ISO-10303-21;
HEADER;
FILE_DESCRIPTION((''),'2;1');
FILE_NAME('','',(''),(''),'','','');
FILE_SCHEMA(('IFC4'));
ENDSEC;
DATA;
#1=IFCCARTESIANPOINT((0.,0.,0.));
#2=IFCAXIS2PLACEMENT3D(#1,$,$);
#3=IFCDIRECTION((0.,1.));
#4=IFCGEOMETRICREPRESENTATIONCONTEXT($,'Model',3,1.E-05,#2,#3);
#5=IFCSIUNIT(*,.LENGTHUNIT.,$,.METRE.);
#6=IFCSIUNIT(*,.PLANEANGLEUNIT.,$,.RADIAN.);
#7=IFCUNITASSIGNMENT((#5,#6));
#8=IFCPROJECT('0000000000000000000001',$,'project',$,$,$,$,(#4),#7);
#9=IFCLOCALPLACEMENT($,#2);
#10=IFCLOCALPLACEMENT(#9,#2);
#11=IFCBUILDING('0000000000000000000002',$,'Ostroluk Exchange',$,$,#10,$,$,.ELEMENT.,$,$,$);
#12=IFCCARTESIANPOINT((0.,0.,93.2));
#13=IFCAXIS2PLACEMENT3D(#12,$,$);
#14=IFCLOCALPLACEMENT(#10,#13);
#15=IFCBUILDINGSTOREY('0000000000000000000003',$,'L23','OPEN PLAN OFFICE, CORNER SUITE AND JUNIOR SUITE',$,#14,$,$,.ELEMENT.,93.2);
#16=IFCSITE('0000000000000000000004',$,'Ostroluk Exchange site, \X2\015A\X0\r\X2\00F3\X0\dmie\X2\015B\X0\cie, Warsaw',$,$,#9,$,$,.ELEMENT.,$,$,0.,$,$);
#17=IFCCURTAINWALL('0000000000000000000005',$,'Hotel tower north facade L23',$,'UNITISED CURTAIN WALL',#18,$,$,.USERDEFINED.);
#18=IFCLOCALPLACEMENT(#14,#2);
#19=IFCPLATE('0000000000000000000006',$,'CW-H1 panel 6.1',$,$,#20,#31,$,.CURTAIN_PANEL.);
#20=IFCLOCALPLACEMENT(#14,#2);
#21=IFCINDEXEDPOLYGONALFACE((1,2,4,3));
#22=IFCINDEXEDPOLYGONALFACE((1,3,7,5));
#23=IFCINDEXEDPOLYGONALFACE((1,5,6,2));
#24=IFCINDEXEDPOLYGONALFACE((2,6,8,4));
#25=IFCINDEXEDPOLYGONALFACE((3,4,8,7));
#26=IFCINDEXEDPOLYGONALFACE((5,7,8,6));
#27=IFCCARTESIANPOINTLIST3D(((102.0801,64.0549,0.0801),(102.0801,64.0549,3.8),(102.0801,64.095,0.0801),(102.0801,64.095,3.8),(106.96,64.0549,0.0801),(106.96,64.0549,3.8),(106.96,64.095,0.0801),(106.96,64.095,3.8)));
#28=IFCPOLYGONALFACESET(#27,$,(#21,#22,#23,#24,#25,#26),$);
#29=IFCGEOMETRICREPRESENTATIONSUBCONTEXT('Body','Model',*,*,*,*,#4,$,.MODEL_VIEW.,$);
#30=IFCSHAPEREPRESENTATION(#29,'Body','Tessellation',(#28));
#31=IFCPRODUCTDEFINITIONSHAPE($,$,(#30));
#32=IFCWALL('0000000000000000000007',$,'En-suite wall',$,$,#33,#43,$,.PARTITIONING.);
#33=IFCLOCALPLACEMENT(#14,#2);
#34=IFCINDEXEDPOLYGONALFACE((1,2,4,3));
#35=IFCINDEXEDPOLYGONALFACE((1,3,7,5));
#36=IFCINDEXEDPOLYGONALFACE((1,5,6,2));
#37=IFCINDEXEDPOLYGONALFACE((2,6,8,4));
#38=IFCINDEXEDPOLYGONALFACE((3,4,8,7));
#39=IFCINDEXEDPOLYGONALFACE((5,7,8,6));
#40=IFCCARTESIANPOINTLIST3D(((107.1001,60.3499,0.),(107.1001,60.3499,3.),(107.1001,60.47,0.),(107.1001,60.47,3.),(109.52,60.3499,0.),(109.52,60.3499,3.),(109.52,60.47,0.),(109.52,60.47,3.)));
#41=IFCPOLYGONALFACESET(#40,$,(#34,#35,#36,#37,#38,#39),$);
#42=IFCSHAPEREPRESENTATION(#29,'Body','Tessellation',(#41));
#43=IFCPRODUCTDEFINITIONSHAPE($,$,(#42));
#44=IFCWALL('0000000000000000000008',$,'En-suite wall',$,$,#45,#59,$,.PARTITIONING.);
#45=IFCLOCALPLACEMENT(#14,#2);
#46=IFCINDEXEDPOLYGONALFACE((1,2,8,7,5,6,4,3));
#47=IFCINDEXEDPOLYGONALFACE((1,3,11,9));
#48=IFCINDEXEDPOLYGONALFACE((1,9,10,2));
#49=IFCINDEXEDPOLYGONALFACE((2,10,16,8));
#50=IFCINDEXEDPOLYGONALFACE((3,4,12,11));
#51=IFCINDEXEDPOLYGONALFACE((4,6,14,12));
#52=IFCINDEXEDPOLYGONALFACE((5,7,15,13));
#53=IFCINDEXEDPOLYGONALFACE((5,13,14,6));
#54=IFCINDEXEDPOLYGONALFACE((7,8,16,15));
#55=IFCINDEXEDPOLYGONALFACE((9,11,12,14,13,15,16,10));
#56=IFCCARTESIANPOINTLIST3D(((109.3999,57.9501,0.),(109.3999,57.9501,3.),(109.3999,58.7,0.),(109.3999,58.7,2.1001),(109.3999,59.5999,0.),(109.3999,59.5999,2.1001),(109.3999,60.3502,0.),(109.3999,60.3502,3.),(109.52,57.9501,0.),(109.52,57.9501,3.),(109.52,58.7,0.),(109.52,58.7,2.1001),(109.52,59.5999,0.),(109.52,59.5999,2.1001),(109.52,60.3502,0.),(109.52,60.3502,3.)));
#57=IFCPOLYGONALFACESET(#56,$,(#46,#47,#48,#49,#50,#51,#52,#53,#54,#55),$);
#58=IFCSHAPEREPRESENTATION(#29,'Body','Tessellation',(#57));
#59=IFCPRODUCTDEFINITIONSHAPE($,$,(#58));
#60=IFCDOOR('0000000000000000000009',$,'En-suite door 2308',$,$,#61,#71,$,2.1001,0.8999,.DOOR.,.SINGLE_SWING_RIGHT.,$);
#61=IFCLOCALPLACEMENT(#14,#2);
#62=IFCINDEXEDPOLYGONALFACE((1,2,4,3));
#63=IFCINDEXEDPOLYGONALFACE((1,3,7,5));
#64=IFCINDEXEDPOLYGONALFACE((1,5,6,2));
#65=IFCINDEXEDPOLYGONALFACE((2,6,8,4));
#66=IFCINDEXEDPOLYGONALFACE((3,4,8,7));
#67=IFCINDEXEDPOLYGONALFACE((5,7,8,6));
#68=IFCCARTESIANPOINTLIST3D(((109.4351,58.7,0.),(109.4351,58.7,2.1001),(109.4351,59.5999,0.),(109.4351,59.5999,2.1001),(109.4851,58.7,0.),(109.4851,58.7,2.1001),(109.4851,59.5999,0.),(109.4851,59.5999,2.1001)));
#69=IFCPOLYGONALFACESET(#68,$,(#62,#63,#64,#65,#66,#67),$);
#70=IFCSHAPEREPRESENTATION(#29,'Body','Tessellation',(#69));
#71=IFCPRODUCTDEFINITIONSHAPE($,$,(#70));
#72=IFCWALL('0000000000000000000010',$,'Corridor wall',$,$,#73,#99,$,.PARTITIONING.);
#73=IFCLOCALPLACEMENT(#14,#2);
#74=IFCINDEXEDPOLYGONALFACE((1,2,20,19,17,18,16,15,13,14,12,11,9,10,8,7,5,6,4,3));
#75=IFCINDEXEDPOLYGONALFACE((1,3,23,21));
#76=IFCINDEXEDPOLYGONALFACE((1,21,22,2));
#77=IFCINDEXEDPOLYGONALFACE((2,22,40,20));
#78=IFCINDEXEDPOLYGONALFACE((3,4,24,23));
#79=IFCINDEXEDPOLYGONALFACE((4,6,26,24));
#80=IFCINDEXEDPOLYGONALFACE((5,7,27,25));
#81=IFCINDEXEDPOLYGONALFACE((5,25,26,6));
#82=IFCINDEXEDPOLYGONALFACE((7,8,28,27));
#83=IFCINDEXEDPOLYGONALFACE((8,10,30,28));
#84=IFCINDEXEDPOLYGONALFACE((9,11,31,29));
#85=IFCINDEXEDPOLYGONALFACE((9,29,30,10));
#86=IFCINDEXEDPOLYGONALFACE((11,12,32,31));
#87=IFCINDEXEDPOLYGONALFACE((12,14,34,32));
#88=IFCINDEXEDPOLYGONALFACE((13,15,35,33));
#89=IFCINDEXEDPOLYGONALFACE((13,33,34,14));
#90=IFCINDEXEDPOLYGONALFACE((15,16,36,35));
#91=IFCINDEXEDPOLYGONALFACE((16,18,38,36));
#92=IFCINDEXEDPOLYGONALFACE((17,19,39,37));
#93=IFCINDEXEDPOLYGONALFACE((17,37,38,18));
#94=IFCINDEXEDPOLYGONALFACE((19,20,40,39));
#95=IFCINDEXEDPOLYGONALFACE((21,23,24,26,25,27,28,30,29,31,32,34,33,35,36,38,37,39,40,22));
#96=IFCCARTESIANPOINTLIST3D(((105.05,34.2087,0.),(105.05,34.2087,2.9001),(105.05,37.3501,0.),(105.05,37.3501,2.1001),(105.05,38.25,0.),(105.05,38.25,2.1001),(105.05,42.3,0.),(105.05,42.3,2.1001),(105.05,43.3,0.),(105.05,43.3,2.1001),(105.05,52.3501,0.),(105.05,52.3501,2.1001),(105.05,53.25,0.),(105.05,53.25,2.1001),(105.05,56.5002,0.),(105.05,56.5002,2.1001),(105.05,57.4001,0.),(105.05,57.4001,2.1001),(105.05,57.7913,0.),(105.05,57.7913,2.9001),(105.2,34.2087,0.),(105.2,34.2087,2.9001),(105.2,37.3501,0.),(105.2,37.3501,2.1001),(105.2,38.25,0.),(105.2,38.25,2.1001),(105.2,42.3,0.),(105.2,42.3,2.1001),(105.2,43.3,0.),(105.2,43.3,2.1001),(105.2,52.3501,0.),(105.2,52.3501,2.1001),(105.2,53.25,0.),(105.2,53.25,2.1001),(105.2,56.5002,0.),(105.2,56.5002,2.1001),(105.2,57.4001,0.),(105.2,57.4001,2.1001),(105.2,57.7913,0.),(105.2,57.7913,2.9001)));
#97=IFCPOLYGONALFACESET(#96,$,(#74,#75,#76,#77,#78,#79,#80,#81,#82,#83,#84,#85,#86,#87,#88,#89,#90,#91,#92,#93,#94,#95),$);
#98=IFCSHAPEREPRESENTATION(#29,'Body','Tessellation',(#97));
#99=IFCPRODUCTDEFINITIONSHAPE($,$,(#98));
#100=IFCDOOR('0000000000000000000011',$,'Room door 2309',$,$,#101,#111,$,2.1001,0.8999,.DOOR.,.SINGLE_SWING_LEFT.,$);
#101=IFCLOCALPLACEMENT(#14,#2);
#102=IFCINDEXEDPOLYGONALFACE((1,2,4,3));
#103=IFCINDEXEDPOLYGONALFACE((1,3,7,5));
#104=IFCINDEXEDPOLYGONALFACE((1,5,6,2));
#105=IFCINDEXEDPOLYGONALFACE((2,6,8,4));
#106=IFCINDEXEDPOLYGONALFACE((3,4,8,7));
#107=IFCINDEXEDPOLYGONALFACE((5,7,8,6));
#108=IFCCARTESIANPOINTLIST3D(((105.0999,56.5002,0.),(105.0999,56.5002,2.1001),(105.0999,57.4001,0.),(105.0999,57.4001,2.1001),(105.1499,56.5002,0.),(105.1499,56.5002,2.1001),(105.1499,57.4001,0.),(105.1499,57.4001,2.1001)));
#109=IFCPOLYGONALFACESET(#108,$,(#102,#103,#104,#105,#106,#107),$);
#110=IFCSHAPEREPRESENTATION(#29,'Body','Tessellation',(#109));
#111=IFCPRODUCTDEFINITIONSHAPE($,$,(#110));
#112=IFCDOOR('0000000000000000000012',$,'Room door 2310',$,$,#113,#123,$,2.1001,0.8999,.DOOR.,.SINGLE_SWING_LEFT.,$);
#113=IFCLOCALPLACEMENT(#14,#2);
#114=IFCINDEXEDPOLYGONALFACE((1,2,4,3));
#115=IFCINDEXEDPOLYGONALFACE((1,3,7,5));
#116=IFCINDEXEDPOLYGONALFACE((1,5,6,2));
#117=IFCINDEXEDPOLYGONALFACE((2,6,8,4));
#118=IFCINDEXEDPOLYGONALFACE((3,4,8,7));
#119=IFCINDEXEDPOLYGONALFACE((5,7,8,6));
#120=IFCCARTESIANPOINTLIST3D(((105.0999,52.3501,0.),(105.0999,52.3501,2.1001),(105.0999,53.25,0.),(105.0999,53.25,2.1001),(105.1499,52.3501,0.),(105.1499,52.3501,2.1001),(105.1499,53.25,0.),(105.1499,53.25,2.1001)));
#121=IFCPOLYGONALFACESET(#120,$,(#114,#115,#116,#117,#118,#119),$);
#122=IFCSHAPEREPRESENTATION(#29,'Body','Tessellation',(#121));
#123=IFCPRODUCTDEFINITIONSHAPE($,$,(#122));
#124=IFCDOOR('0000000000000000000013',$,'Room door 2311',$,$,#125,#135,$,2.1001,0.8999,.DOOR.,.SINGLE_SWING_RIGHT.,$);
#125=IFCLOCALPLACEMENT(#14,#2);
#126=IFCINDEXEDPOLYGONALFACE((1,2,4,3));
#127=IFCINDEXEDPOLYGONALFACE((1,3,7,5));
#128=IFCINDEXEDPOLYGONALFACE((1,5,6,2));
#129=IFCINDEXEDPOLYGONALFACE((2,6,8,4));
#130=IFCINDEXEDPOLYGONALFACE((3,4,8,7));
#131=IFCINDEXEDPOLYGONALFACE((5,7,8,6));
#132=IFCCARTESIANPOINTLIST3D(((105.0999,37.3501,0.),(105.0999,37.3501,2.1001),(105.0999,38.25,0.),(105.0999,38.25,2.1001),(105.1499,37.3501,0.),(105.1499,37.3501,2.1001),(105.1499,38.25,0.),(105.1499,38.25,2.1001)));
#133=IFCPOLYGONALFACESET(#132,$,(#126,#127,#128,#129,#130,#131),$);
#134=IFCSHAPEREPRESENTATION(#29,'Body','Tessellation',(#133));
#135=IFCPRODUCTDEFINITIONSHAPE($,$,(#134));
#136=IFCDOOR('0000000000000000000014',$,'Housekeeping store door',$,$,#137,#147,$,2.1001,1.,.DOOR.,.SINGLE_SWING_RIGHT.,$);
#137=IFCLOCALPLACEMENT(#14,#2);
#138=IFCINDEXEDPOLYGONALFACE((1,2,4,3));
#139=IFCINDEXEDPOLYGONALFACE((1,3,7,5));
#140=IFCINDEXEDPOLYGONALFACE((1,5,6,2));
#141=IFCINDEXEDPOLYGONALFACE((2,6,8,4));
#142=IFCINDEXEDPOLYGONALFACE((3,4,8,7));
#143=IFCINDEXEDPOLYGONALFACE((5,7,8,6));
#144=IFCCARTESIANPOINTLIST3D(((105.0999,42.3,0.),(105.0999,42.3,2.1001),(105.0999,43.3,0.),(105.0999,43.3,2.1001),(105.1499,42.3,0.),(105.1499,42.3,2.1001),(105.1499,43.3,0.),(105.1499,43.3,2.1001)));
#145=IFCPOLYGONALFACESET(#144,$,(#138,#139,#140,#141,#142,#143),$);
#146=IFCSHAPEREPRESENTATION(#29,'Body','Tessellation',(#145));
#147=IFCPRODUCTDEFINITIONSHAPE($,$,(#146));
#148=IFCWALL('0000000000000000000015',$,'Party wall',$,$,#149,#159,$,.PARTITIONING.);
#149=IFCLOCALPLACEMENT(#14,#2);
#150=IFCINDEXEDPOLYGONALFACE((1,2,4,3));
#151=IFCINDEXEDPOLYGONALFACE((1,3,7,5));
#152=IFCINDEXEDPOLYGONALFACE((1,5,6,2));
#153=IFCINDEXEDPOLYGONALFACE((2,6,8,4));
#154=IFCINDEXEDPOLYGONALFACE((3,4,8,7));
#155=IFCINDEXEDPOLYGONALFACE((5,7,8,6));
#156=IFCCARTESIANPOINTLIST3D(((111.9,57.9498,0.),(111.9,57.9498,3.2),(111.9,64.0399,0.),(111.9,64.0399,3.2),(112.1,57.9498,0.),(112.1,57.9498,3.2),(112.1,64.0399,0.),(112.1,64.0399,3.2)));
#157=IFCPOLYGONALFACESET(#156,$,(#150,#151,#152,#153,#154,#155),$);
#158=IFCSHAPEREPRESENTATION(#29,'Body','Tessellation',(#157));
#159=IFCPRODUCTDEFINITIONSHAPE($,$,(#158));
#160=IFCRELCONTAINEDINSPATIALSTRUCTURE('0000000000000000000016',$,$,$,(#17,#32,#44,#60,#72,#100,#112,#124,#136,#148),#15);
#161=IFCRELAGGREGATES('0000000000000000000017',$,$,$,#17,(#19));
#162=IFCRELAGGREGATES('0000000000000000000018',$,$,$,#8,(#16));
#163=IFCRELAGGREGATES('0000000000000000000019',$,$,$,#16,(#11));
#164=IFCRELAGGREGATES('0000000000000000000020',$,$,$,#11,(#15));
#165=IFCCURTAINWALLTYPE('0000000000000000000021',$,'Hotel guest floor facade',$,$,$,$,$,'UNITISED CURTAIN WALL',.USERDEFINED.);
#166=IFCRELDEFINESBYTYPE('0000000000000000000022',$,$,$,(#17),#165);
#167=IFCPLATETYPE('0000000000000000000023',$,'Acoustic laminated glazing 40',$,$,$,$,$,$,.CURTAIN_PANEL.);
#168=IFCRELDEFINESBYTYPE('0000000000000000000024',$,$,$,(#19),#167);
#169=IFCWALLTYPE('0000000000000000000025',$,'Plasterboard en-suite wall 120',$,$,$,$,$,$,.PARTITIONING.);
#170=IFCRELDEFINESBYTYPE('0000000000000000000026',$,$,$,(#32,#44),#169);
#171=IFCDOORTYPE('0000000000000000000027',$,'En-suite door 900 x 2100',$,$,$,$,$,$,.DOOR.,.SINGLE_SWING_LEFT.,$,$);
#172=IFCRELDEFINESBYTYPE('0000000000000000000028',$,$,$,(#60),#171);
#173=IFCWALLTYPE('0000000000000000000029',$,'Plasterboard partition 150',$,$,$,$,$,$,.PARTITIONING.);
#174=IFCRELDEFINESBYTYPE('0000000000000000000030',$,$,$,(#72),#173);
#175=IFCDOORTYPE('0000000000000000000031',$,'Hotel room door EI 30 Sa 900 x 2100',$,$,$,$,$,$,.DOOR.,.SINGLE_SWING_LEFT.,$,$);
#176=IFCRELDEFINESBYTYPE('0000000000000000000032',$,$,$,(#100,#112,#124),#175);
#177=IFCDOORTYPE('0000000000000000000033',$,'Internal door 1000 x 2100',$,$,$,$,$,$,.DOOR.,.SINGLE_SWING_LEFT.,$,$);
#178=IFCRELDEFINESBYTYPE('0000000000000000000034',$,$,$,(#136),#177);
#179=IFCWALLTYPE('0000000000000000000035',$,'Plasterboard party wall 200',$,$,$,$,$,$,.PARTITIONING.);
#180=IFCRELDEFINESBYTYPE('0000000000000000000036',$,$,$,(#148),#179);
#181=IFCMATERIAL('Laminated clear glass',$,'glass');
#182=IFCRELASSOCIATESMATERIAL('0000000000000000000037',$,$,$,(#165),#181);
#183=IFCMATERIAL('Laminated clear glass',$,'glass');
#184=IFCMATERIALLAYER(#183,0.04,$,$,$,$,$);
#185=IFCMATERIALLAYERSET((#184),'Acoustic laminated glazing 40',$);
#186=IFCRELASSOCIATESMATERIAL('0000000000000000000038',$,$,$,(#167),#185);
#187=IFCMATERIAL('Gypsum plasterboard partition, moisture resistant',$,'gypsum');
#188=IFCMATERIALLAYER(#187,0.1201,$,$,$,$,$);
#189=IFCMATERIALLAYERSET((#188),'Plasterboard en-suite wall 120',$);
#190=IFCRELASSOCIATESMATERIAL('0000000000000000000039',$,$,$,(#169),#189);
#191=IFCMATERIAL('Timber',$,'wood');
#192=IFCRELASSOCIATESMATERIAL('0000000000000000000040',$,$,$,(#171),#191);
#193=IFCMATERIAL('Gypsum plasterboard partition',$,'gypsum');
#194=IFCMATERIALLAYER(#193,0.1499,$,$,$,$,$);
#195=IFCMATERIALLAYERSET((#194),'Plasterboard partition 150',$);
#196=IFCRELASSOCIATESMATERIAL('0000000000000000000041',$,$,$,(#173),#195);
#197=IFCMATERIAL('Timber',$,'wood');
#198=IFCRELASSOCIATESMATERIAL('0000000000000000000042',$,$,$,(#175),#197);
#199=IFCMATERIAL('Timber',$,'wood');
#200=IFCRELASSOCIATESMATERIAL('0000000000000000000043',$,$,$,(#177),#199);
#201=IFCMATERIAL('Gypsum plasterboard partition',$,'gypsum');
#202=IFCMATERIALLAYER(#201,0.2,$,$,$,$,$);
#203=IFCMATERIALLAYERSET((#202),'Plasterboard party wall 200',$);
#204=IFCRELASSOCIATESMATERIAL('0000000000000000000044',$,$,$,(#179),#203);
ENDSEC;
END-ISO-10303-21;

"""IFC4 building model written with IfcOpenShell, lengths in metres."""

from ifc_helpers import new_model, si_unit, direction, frame, frame_2d, origin, origin_2d, place, context, subcontext, project, spatial, rectangle, extrude, material, layer, layer_set, type_object, element, fill, aggregate, save


model = new_model("IFC4")

# Units and contexts
model_context = context("Model", 3, precision=1e-05, world=origin(), true_north=direction((0.0, 1.0)))
body_context = subcontext(model_context, "Body", "Model", "MODEL_VIEW")
ifc_project = project(units=[si_unit("LENGTHUNIT", "METRE"), si_unit("PLANEANGLEUNIT", "RADIAN")], contexts=[model_context])

# Site, building, storey
site_placement = place(None, origin())
site = spatial("IfcSite", under=ifc_project, at=site_placement, Name="Ostroluk Exchange site, Śródmieście, Warsaw", CompositionType="ELEMENT", RefElevation=0.0)
building_placement = place(site_placement, origin())
building = spatial("IfcBuilding", under=site, at=building_placement, Name="Ostroluk Exchange", CompositionType="ELEMENT")
storey_placement = place(building_placement, frame((0.0, 0.0, 93.2)))
storey = spatial("IfcBuildingStorey", under=building, at=storey_placement, Name="L23", Description="OPEN PLAN OFFICE, CORNER SUITE AND JUNIOR SUITE", CompositionType="ELEMENT", Elevation=93.2)

# Curtain wall, plate
ifc_material_1 = material(Name="Laminated clear glass", Category="glass")
curtain_wall_type = type_object("IfcCurtainWallType", Name="Hotel guest floor facade", ElementType="UNITISED CURTAIN WALL", PredefinedType="USERDEFINED", material=ifc_material_1)
curtain_wall_placement = place(storey_placement, origin())
curtain_wall = element("IfcCurtainWall", 1, at=curtain_wall_placement, inside=storey, type_object=curtain_wall_type, Name="Hotel tower north facade L23", ObjectType="UNITISED CURTAIN WALL", PredefinedType="USERDEFINED")
ifc_material_2 = material(Name="Laminated clear glass", Category="glass")
ifc_layer_1 = layer(ifc_material_2, 0.04)
ifc_layer_set_1 = layer_set([ifc_layer_1], Name="Acoustic laminated glazing 40")
plate_type = type_object("IfcPlateType", Name="Acoustic laminated glazing 40", PredefinedType="CURTAIN_PANEL", material=ifc_layer_set_1)
plate_1_placement = place(storey_placement, frame((104.52, 64.075, 0.0801), z_axis=(0.0, 0.0, 1.0), x_axis=(-1.0, 0.0, 0.0)))
plate_1 = element("IfcPlate", 2, at=plate_1_placement, type_object=plate_type, Name="CW-H1 panel 6.1", PredefinedType="CURTAIN_PANEL", context=body_context, shape_type="SweptSolid", body=[
    extrude(rectangle(XDim=4.8799, YDim=0.04, at=origin_2d()), origin(), (0.0, 0.0, 1.0), 3.72),
])
aggregate(curtain_wall, [plate_1])

# Wall
ifc_material_3 = material(Name="Gypsum plasterboard partition, moisture resistant", Category="gypsum")
ifc_layer_2 = layer(ifc_material_3, 0.1201)
ifc_layer_set_2 = layer_set([ifc_layer_2], Name="Plasterboard en-suite wall 120")
wall_type_1 = type_object("IfcWallType", Name="Plasterboard en-suite wall 120", PredefinedType="PARTITIONING", material=ifc_layer_set_2)
wall_1_placement = place(storey_placement, frame((109.52, 60.4099, 0.0), z_axis=(0.0, 0.0, 1.0), x_axis=(-1.0, 0.0, 0.0)))
element("IfcWall", 3, at=wall_1_placement, inside=storey, type_object=wall_type_1, Name="En-suite wall", PredefinedType="PARTITIONING", context=body_context, shape_type="SweptSolid", body=[
    extrude(rectangle(XDim=2.4199, YDim=0.1201, at=frame_2d((1.21, 0.0))), origin(), (0.0, 0.0, 1.0), 3.0),
])

# Wall, opening, door
wall_2_placement = place(storey_placement, frame((109.46, 57.95, 0.0), z_axis=(0.0, 0.0, 1.0), x_axis=(0.0, 1.0, 0.0)))
wall_2 = element("IfcWall", 4, at=wall_2_placement, inside=storey, type_object=wall_type_1, Name="En-suite wall", PredefinedType="PARTITIONING", context=body_context, shape_type="SweptSolid", body=[
    extrude(rectangle(XDim=2.4001, YDim=0.1201, at=frame_2d((1.2002, 0.0))), origin(), (0.0, 0.0, 1.0), 3.0),
])
opening_1_placement = place(wall_2_placement, frame((0.75, 0.0, 0.0)))
opening_1 = element("IfcOpeningElement", 5, at=opening_1_placement, cuts=wall_2, PredefinedType="OPENING", context=body_context, shape_type="SweptSolid", body=[
    extrude(rectangle(XDim=0.8999, YDim=2.1001, at=frame_2d((0.45, 1.05))), frame((0.0, 0.0701, 0.0), z_axis=(0.0, -1.0, 0.0), x_axis=(1.0, 0.0, 0.0)), (0.0, 0.0, 1.0), 0.1401),
])
ifc_material_4 = material(Name="Timber", Category="wood")
door_type_1 = type_object("IfcDoorType", Name="En-suite door 900 x 2100", OperationType="SINGLE_SWING_LEFT", PredefinedType="DOOR", material=ifc_material_4)
door_1_placement = place(opening_1_placement, origin())
door_1 = element("IfcDoor", 6, at=door_1_placement, inside=storey, type_object=door_type_1, Name="En-suite door 2308", OperationType="SINGLE_SWING_RIGHT", OverallHeight=2.1001, OverallWidth=0.8999, PredefinedType="DOOR", context=body_context, shape_type="SweptSolid", body=[
    extrude(rectangle(XDim=0.8999, YDim=2.1001, at=frame_2d((0.45, 1.05))), frame((0.0, 0.0249, 0.0), z_axis=(0.0, -1.0, 0.0), x_axis=(1.0, 0.0, 0.0)), (0.0, 0.0, 1.0), 0.05),
])
fill(opening_1, door_1)

# Wall, openings, doors
ifc_material_5 = material(Name="Gypsum plasterboard partition", Category="gypsum")
ifc_layer_3 = layer(ifc_material_5, 0.1499)
ifc_layer_set_3 = layer_set([ifc_layer_3], Name="Plasterboard partition 150")
wall_type_2 = type_object("IfcWallType", Name="Plasterboard partition 150", PredefinedType="PARTITIONING", material=ifc_layer_set_3)
wall_3_placement = place(storey_placement, frame((105.125, 57.7913, 0.0), z_axis=(0.0, 0.0, 1.0), x_axis=(0.0, -1.0, 0.0)))
wall_3 = element("IfcWall", 7, at=wall_3_placement, inside=storey, type_object=wall_type_2, Name="Corridor wall", PredefinedType="PARTITIONING", context=body_context, shape_type="SweptSolid", body=[
    extrude(rectangle(XDim=23.5825, YDim=0.1499, at=frame_2d((11.7913, 0.0))), origin(), (0.0, 0.0, 1.0), 2.9001),
])
opening_2_placement = place(wall_3_placement, frame((0.3911, 0.0, 0.0)))
opening_2 = element("IfcOpeningElement", 8, at=opening_2_placement, cuts=wall_3, PredefinedType="OPENING", context=body_context, shape_type="SweptSolid", body=[
    extrude(rectangle(XDim=0.8999, YDim=2.1001, at=frame_2d((0.45, 1.05))), frame((0.0, 0.085, 0.0), z_axis=(0.0, -1.0, 0.0), x_axis=(1.0, 0.0, 0.0)), (0.0, 0.0, 1.0), 0.1699),
])
opening_3_placement = place(wall_3_placement, frame((4.5413, 0.0, 0.0)))
opening_3 = element("IfcOpeningElement", 9, at=opening_3_placement, cuts=wall_3, PredefinedType="OPENING", context=body_context, shape_type="SweptSolid", body=[
    extrude(rectangle(XDim=0.8999, YDim=2.1001, at=frame_2d((0.45, 1.05))), frame((0.0, 0.085, 0.0), z_axis=(0.0, -1.0, 0.0), x_axis=(1.0, 0.0, 0.0)), (0.0, 0.0, 1.0), 0.1699),
])
opening_4_placement = place(wall_3_placement, frame((14.4912, 0.0, 0.0)))
opening_4 = element("IfcOpeningElement", 10, at=opening_4_placement, cuts=wall_3, PredefinedType="OPENING", context=body_context, shape_type="SweptSolid", body=[
    extrude(rectangle(XDim=1.0, YDim=2.1001, at=frame_2d((0.5, 1.05))), frame((0.0, 0.085, 0.0), z_axis=(0.0, -1.0, 0.0), x_axis=(1.0, 0.0, 0.0)), (0.0, 0.0, 1.0), 0.1699),
])
opening_5_placement = place(wall_3_placement, frame((19.5413, 0.0, 0.0)))
opening_5 = element("IfcOpeningElement", 11, at=opening_5_placement, cuts=wall_3, PredefinedType="OPENING", context=body_context, shape_type="SweptSolid", body=[
    extrude(rectangle(XDim=0.8999, YDim=2.1001, at=frame_2d((0.45, 1.05))), frame((0.0, 0.085, 0.0), z_axis=(0.0, -1.0, 0.0), x_axis=(1.0, 0.0, 0.0)), (0.0, 0.0, 1.0), 0.1699),
])
ifc_material_6 = material(Name="Timber", Category="wood")
door_type_2 = type_object("IfcDoorType", Name="Hotel room door EI 30 Sa 900 x 2100", OperationType="SINGLE_SWING_LEFT", PredefinedType="DOOR", material=ifc_material_6)
door_2_placement = place(opening_2_placement, origin())
door_2 = element("IfcDoor", 12, at=door_2_placement, inside=storey, type_object=door_type_2, Name="Room door 2309", OperationType="SINGLE_SWING_LEFT", OverallHeight=2.1001, OverallWidth=0.8999, PredefinedType="DOOR", context=body_context, shape_type="SweptSolid", body=[
    extrude(rectangle(XDim=0.8999, YDim=2.1001, at=frame_2d((0.45, 1.05))), frame((0.0, 0.0249, 0.0), z_axis=(0.0, -1.0, 0.0), x_axis=(1.0, 0.0, 0.0)), (0.0, 0.0, 1.0), 0.05),
])
fill(opening_2, door_2)
door_3_placement = place(opening_3_placement, origin())
door_3 = element("IfcDoor", 13, at=door_3_placement, inside=storey, type_object=door_type_2, Name="Room door 2310", OperationType="SINGLE_SWING_LEFT", OverallHeight=2.1001, OverallWidth=0.8999, PredefinedType="DOOR", context=body_context, shape_type="SweptSolid", body=[
    extrude(rectangle(XDim=0.8999, YDim=2.1001, at=frame_2d((0.45, 1.05))), frame((0.0, 0.0249, 0.0), z_axis=(0.0, -1.0, 0.0), x_axis=(1.0, 0.0, 0.0)), (0.0, 0.0, 1.0), 0.05),
])
fill(opening_3, door_3)
door_4_placement = place(opening_5_placement, origin())
door_4 = element("IfcDoor", 14, at=door_4_placement, inside=storey, type_object=door_type_2, Name="Room door 2311", OperationType="SINGLE_SWING_RIGHT", OverallHeight=2.1001, OverallWidth=0.8999, PredefinedType="DOOR", context=body_context, shape_type="SweptSolid", body=[
    extrude(rectangle(XDim=0.8999, YDim=2.1001, at=frame_2d((0.45, 1.05))), frame((0.0, 0.0249, 0.0), z_axis=(0.0, -1.0, 0.0), x_axis=(1.0, 0.0, 0.0)), (0.0, 0.0, 1.0), 0.05),
])
fill(opening_5, door_4)
ifc_material_7 = material(Name="Timber", Category="wood")
door_type_3 = type_object("IfcDoorType", Name="Internal door 1000 x 2100", OperationType="SINGLE_SWING_LEFT", PredefinedType="DOOR", material=ifc_material_7)
door_5_placement = place(opening_4_placement, origin())
door_5 = element("IfcDoor", 15, at=door_5_placement, inside=storey, type_object=door_type_3, Name="Housekeeping store door", OperationType="SINGLE_SWING_RIGHT", OverallHeight=2.1001, OverallWidth=1.0, PredefinedType="DOOR", context=body_context, shape_type="SweptSolid", body=[
    extrude(rectangle(XDim=1.0, YDim=2.1001, at=frame_2d((0.5, 1.05))), frame((0.0, 0.0249, 0.0), z_axis=(0.0, -1.0, 0.0), x_axis=(1.0, 0.0, 0.0)), (0.0, 0.0, 1.0), 0.05),
])
fill(opening_4, door_5)

# Wall
ifc_material_8 = material(Name="Gypsum plasterboard partition", Category="gypsum")
ifc_layer_4 = layer(ifc_material_8, 0.2)
ifc_layer_set_4 = layer_set([ifc_layer_4], Name="Plasterboard party wall 200")
wall_type_3 = type_object("IfcWallType", Name="Plasterboard party wall 200", PredefinedType="PARTITIONING", material=ifc_layer_set_4)
for number, where, z_axis, x_axis, name in (
    (16, (112.0, 57.95, 0.0), (0.0, 0.0, 1.0), (0.0, 1.0, 0.0), "Party wall"),
):
    element("IfcWall", number, at=place(storey_placement, frame(where, z_axis=z_axis, x_axis=x_axis)), inside=storey, type_object=wall_type_3, Name=name, PredefinedType="PARTITIONING", context=body_context, shape_type="SweptSolid", body=[
        extrude(rectangle(XDim=6.0901, YDim=0.2, at=frame_2d((3.0449, 0.0))), origin(), (0.0, 0.0, 1.0), 3.2),
    ])

save(model, "model.ifc")
